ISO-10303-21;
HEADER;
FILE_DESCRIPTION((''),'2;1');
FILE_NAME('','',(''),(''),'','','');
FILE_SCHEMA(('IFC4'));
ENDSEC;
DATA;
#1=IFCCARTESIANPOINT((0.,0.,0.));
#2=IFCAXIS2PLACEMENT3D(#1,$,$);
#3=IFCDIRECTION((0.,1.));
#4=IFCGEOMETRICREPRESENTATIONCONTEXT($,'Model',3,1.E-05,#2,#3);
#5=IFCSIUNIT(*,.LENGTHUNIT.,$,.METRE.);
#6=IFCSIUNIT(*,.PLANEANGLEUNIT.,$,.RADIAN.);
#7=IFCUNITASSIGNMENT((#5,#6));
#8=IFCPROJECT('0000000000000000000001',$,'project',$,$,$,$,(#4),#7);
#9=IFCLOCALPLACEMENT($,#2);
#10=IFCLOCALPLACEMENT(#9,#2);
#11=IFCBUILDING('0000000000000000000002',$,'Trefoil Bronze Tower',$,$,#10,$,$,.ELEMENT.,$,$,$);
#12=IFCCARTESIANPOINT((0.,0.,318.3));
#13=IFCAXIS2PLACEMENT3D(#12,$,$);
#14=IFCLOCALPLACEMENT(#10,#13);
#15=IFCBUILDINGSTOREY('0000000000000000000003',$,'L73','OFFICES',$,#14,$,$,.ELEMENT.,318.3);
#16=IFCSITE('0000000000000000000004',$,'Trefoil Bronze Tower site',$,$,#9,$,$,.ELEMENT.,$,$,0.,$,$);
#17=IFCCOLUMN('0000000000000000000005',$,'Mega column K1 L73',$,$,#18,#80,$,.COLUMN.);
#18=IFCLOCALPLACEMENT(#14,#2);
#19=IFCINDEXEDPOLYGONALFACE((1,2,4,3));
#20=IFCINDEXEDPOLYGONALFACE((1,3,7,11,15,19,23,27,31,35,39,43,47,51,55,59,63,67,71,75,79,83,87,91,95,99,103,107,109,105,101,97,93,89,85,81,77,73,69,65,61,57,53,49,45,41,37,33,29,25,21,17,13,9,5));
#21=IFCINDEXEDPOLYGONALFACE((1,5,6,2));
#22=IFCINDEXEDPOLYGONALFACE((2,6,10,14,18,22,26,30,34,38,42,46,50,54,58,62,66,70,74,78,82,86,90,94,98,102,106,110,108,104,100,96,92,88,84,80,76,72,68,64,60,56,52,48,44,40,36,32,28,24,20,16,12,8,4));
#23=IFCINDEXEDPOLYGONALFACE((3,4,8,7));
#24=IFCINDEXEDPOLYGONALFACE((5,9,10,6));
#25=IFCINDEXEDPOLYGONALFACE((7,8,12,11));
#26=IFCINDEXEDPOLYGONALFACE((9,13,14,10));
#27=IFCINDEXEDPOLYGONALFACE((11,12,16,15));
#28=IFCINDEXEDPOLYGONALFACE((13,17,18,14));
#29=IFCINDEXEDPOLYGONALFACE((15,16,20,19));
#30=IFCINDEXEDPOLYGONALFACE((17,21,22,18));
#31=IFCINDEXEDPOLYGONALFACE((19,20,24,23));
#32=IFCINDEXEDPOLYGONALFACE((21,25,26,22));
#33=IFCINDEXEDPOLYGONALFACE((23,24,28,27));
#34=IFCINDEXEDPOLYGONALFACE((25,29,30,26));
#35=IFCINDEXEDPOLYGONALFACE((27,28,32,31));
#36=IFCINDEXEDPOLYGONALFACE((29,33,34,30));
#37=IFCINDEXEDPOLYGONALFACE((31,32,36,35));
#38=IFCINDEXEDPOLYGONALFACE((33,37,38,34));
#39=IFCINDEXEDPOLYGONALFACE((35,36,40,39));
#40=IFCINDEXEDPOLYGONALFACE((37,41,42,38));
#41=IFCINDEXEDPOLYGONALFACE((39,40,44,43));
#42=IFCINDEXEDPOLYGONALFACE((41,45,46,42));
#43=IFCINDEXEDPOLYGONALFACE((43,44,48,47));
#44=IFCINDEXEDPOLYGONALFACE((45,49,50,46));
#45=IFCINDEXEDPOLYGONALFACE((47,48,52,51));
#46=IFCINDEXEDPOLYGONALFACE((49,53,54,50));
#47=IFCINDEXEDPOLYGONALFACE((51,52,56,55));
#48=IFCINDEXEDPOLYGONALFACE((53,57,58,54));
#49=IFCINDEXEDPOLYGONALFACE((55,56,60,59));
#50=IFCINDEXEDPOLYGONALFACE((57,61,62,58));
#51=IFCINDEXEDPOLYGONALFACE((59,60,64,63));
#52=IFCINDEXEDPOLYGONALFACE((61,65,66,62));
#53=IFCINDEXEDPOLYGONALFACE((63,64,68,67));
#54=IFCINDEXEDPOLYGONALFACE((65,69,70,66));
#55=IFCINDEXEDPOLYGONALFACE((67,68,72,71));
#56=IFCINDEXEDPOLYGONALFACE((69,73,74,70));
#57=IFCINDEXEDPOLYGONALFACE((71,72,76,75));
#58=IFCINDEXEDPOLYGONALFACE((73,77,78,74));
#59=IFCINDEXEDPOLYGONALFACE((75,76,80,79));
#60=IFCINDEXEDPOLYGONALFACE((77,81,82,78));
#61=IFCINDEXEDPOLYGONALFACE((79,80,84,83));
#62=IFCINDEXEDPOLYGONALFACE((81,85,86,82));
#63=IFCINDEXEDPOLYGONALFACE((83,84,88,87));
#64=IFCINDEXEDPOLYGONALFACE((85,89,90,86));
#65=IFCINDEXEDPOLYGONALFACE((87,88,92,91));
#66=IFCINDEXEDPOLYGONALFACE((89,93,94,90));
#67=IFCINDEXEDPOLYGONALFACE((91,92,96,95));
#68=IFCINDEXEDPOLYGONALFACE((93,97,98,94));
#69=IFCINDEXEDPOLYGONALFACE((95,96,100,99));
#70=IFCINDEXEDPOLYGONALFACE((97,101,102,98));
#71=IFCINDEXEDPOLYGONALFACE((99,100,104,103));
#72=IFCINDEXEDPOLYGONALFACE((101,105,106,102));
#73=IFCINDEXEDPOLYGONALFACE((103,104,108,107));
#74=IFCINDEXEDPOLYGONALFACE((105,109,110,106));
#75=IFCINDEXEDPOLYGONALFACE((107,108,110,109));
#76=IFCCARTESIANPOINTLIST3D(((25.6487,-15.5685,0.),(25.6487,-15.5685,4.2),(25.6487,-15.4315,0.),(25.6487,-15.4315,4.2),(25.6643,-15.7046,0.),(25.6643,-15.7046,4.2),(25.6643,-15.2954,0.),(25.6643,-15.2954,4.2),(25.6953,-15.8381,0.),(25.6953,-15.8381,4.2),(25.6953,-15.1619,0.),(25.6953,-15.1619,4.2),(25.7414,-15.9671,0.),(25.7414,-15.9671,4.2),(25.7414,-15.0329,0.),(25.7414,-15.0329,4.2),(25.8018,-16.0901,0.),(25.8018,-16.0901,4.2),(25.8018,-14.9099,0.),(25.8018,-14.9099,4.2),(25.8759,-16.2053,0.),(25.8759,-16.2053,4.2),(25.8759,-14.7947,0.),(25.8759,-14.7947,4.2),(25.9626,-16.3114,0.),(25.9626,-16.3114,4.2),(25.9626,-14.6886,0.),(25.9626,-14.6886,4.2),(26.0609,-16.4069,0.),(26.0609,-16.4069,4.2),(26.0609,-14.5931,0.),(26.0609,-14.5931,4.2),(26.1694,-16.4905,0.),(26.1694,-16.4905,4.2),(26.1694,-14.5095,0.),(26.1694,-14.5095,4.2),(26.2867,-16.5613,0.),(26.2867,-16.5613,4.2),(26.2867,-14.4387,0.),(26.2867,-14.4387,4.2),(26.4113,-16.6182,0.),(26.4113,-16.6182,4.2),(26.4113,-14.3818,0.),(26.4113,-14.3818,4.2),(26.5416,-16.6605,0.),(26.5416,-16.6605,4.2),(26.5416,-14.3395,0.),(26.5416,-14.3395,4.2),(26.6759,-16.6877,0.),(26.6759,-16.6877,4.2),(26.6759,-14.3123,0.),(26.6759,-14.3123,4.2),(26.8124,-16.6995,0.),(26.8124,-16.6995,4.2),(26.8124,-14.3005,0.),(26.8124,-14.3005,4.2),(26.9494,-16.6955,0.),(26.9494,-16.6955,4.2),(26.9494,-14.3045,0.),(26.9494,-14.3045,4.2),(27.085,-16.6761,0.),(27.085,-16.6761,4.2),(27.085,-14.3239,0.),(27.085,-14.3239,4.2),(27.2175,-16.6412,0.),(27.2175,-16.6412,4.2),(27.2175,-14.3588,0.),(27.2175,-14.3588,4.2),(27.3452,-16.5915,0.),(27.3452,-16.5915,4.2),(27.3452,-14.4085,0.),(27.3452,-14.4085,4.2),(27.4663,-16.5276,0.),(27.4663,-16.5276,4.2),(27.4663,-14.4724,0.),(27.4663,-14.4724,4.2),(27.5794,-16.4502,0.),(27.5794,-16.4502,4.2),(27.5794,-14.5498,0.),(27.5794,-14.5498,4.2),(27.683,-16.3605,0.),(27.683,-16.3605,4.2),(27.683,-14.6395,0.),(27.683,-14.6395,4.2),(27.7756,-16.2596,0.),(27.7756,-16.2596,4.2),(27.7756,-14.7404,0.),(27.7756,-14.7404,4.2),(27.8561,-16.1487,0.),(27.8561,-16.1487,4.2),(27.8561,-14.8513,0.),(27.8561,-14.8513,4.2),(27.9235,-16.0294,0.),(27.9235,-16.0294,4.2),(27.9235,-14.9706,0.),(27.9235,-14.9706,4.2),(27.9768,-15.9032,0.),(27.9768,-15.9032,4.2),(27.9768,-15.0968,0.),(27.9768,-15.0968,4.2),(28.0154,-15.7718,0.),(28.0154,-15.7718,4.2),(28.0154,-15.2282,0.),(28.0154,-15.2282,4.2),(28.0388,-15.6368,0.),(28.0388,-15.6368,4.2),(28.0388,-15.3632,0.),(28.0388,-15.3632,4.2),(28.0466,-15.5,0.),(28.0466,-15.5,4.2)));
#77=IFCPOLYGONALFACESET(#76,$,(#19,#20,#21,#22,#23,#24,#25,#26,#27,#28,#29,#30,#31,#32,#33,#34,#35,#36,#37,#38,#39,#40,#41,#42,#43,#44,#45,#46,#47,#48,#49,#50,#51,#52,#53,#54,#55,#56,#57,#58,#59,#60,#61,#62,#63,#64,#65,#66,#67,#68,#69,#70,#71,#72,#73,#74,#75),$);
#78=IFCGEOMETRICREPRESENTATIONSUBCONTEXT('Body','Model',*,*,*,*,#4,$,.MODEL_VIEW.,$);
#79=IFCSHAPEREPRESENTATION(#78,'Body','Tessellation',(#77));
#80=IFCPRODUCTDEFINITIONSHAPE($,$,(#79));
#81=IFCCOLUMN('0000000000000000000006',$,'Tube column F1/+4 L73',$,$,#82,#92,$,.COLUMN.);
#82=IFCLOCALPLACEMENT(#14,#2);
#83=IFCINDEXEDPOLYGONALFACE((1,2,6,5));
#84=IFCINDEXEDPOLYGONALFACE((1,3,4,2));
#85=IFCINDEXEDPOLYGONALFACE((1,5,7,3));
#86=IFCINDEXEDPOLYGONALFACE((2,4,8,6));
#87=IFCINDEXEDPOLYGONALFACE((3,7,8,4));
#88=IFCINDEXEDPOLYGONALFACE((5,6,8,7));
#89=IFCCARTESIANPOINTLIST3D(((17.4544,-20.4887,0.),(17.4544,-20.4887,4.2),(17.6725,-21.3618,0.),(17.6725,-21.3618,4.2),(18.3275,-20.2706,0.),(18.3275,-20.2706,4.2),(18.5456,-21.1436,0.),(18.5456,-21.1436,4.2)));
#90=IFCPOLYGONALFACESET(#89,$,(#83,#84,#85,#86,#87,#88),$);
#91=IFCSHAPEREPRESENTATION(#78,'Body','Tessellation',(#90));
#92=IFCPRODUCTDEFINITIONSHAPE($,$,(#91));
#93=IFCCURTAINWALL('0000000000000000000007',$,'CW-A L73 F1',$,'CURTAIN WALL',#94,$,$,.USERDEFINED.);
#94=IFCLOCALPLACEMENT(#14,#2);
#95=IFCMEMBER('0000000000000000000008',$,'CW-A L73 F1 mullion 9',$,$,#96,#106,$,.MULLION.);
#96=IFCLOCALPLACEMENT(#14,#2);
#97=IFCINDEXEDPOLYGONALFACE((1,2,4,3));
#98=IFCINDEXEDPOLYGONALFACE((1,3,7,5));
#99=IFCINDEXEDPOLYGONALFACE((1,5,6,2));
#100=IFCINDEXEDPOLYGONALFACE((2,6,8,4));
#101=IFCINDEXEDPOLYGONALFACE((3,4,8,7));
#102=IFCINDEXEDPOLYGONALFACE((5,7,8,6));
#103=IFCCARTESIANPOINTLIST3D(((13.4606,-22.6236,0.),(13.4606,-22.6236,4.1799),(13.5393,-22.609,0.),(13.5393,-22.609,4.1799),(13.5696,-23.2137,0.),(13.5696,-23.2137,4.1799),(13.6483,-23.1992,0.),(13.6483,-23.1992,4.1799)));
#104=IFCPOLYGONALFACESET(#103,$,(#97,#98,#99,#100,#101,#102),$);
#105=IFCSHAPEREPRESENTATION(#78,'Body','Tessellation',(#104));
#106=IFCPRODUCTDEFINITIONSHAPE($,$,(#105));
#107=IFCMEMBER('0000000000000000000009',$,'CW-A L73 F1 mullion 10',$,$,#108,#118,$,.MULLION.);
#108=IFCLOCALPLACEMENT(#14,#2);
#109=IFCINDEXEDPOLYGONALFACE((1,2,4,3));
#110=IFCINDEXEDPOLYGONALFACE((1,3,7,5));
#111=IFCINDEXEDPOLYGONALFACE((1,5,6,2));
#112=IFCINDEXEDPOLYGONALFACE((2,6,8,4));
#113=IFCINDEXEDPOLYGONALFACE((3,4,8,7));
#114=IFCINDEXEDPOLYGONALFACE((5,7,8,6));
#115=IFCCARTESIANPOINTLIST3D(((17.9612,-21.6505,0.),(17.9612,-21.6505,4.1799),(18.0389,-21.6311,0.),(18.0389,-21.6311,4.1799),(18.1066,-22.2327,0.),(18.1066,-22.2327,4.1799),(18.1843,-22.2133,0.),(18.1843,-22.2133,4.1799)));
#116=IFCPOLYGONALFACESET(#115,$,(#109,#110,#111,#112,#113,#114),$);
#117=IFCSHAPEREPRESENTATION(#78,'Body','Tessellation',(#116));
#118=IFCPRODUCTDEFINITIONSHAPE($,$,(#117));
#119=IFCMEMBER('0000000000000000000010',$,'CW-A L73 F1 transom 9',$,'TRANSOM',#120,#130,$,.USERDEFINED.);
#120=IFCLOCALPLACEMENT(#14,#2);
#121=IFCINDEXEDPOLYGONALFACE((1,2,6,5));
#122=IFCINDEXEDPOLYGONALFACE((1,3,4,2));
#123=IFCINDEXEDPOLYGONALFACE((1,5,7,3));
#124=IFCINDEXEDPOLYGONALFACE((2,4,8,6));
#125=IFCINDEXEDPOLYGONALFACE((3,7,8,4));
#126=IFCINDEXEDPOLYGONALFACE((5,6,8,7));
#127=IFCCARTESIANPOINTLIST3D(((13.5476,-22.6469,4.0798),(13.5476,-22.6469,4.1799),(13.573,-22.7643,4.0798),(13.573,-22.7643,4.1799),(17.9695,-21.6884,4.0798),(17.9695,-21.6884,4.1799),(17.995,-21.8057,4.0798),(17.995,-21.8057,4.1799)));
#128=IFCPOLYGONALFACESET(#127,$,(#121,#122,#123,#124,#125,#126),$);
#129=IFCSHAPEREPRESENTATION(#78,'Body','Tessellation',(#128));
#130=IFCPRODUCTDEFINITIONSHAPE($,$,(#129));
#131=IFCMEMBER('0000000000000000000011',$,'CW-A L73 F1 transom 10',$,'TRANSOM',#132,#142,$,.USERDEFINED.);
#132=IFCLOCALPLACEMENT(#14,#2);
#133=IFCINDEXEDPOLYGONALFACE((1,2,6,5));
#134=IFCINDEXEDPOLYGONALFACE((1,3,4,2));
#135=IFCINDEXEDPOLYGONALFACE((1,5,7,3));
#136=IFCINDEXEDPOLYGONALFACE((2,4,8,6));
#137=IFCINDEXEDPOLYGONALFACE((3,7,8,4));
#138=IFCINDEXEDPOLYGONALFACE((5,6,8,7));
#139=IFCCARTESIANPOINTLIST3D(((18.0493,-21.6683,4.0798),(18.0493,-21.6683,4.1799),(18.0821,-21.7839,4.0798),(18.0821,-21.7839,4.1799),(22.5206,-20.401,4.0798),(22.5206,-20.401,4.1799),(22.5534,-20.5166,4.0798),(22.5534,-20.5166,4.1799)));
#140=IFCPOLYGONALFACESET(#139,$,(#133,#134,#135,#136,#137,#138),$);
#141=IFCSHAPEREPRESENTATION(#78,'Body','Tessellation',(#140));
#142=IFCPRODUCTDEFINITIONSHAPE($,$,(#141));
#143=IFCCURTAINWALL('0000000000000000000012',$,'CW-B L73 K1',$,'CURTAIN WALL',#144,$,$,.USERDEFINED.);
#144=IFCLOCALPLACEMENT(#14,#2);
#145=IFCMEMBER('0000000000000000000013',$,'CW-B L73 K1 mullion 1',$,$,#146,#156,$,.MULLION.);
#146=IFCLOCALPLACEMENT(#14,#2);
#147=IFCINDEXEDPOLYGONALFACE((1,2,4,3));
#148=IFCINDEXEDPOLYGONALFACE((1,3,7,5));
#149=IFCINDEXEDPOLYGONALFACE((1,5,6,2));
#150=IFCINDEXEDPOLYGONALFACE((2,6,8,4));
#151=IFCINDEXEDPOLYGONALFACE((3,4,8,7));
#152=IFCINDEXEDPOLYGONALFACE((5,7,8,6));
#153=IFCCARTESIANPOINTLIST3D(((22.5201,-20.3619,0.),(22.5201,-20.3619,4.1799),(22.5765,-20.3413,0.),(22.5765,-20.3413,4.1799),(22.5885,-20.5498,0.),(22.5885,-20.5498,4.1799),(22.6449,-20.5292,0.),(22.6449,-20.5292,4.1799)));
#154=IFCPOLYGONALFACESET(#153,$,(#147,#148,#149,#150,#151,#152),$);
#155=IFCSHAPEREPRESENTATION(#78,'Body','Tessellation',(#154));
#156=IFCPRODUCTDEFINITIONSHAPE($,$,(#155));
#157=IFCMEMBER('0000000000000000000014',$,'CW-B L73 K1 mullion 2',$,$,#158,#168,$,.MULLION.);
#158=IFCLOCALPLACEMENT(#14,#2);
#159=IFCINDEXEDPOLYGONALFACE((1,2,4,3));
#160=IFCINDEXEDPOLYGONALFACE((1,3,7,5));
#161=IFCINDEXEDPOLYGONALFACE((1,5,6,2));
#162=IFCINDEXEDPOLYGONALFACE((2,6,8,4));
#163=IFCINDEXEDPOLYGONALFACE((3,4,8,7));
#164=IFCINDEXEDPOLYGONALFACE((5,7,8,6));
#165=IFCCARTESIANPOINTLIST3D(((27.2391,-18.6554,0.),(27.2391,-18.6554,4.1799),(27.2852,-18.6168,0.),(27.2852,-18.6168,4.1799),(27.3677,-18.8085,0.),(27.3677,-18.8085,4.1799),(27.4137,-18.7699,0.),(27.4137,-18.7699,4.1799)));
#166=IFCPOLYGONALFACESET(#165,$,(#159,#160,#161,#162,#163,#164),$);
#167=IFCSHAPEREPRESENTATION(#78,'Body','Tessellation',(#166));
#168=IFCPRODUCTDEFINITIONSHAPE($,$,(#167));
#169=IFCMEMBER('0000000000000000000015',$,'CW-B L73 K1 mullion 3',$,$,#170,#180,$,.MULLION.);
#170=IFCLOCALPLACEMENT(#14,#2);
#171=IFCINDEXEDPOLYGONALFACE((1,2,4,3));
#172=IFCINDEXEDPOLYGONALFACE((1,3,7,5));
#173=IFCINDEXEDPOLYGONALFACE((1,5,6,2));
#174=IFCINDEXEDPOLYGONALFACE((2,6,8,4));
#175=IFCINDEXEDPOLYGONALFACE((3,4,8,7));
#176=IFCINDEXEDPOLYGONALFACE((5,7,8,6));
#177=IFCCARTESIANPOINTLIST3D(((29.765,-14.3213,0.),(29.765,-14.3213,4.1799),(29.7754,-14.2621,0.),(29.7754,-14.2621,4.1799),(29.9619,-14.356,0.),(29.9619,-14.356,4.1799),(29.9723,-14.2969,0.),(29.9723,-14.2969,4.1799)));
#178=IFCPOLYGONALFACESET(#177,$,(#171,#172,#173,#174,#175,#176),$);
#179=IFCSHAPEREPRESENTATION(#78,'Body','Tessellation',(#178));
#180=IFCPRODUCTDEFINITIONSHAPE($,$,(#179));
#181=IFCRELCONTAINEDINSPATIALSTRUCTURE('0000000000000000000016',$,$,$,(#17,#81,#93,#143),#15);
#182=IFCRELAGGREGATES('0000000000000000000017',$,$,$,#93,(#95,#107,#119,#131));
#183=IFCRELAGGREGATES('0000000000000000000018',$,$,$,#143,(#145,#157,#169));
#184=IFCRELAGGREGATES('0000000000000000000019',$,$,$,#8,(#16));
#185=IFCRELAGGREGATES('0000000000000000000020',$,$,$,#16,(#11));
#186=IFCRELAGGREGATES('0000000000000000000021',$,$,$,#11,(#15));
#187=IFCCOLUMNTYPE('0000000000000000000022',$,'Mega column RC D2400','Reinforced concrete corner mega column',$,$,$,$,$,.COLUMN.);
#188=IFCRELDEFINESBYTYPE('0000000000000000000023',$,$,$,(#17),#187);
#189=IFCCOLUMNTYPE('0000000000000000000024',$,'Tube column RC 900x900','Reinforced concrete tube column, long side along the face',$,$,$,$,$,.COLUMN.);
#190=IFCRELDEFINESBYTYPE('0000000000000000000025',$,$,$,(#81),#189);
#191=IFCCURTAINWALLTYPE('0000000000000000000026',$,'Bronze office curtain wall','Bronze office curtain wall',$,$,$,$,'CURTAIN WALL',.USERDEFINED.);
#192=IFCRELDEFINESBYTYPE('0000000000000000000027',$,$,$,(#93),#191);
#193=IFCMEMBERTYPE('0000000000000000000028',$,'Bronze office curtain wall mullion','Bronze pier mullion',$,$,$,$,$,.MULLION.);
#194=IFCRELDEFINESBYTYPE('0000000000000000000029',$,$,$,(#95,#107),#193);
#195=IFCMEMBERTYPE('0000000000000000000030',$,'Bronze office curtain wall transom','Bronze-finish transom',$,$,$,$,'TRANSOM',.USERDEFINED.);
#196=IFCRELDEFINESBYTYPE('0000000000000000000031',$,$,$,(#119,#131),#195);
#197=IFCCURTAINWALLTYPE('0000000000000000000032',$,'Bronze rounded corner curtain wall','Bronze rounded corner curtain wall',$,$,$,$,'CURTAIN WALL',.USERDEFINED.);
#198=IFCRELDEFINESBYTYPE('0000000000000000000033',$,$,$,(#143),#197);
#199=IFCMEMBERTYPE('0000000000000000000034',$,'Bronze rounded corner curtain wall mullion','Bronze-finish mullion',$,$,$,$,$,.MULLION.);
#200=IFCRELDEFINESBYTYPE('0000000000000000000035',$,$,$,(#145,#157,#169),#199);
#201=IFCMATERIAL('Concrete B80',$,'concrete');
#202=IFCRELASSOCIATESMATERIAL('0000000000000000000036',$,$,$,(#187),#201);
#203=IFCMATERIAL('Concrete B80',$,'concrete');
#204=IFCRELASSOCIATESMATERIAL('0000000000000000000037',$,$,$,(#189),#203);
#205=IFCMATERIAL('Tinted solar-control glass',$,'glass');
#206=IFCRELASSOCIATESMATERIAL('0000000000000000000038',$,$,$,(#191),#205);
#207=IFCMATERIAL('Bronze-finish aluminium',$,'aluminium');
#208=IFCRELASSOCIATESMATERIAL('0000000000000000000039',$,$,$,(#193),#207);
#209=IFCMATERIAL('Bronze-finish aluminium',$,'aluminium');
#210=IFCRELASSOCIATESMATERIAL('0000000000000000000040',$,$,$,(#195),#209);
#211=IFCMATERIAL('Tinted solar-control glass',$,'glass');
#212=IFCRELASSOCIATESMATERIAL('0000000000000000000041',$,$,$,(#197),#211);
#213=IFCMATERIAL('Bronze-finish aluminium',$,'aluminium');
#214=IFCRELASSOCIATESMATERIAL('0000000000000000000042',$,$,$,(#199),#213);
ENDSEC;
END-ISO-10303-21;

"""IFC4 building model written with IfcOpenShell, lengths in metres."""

from ifc_helpers import new_model, si_unit, direction, frame, origin, origin_2d, place, context, subcontext, project, spatial, rectangle, circle, extrude, material, material_profile, profile_set, type_object, element, aggregate, save


model = new_model("IFC4")

# Units and contexts
model_context = context("Model", 3, precision=1e-05, world=origin(), true_north=direction((0.0, 1.0)))
body_context = subcontext(model_context, "Body", "Model", "MODEL_VIEW")
ifc_project = project(units=[si_unit("LENGTHUNIT", "METRE"), si_unit("PLANEANGLEUNIT", "RADIAN")], contexts=[model_context])

# Site, building, storey
site_placement = place(None, origin())
site = spatial("IfcSite", under=ifc_project, at=site_placement, Name="Trefoil Bronze Tower site", CompositionType="ELEMENT", RefElevation=0.0)
building_placement = place(site_placement, origin())
building = spatial("IfcBuilding", under=site, at=building_placement, Name="Trefoil Bronze Tower", CompositionType="ELEMENT")
storey_placement = place(building_placement, frame((0.0, 0.0, 318.3)))
storey = spatial("IfcBuildingStorey", under=building, at=storey_placement, Name="L73", Description="OFFICES", CompositionType="ELEMENT", Elevation=318.3)

# Columns
ifc_material_1 = material(Name="Concrete B80", Category="concrete")
ifc_material_profile_1 = material_profile(ifc_material_1, circle(Radius=1.2, at=origin_2d()), Name="RC D2400")
ifc_profile_set_1 = profile_set([ifc_material_profile_1], Name="Concrete B80")
column_type_1 = type_object("IfcColumnType", Name="Mega column RC D2400", Description="Reinforced concrete corner mega column", PredefinedType="COLUMN", material=ifc_profile_set_1)
column_1_placement = place(storey_placement, frame((26.8467, -15.5, 0.0), z_axis=(0.0, 0.0, 1.0), x_axis=(1.0, 0.0, 0.0)))
element("IfcColumn", 1, at=column_1_placement, inside=storey, type_object=column_type_1, Name="Mega column K1 L73", PredefinedType="COLUMN", context=body_context, shape_type="SweptSolid", body=[
    extrude(circle(Radius=1.2, at=origin_2d()), origin(), (0.0, 0.0, 1.0), 4.2),
])
ifc_material_2 = material(Name="Concrete B80", Category="concrete")
ifc_material_profile_2 = material_profile(ifc_material_2, rectangle(XDim=0.8999, YDim=0.8999, at=origin_2d()), Name="RC 900x900")
ifc_profile_set_2 = profile_set([ifc_material_profile_2], Name="Concrete B80")
column_type_2 = type_object("IfcColumnType", Name="Tube column RC 900x900", Description="Reinforced concrete tube column, long side along the face", PredefinedType="COLUMN", material=ifc_profile_set_2)
column_2_placement = place(storey_placement, frame((18.0, -20.8162, 0.0), z_axis=(0.0, 0.0, 1.0), x_axis=(0.970178, 0.242394, 0.0)))
element("IfcColumn", 2, at=column_2_placement, inside=storey, type_object=column_type_2, Name="Tube column F1/+4 L73", PredefinedType="COLUMN", context=body_context, shape_type="SweptSolid", body=[
    extrude(rectangle(XDim=0.8999, YDim=0.8999, at=origin_2d()), origin(), (0.0, 0.0, 1.0), 4.2),
])

# Curtain walls, members
ifc_material_3 = material(Name="Tinted solar-control glass", Category="glass")
curtain_wall_type_1 = type_object("IfcCurtainWallType", Name="Bronze office curtain wall", Description="Bronze office curtain wall", ElementType="CURTAIN WALL", PredefinedType="USERDEFINED", material=ifc_material_3)
curtain_wall_1_placement = place(storey_placement, origin())
curtain_wall_1 = element("IfcCurtainWall", 3, at=curtain_wall_1_placement, inside=storey, type_object=curtain_wall_type_1, Name="CW-A L73 F1", ObjectType="CURTAIN WALL", PredefinedType="USERDEFINED")
ifc_material_4 = material(Name="Bronze-finish aluminium", Category="aluminium")
ifc_material_profile_3 = material_profile(ifc_material_4, rectangle(XDim=0.6001, YDim=0.0801, at=origin_2d()), Name="CW-A mullion")
ifc_profile_set_3 = profile_set([ifc_material_profile_3], Name="Bronze-finish aluminium")
member_type_1 = type_object("IfcMemberType", Name="Bronze office curtain wall mullion", Description="Bronze pier mullion", PredefinedType="MULLION", material=ifc_profile_set_3)
member_1_placement = place(storey_placement, frame((13.5544, -22.9114, 0.0), z_axis=(0.0, 0.0, 1.0), x_axis=(-0.181667, 0.98336, 0.0)))
member_1 = element("IfcMember", 4, at=member_1_placement, type_object=member_type_1, Name="CW-A L73 F1 mullion 9", PredefinedType="MULLION", context=body_context, shape_type="SweptSolid", body=[
    extrude(rectangle(XDim=0.6001, YDim=0.0801, at=origin_2d()), origin(), (0.0, 0.0, 1.0), 4.1799),
])
member_2_placement = place(storey_placement, frame((18.0728, -21.9319, 0.0), z_axis=(0.0, 0.0, 1.0), x_axis=(-0.242394, 0.970178, 0.0)))
member_2 = element("IfcMember", 5, at=member_2_placement, type_object=member_type_1, Name="CW-A L73 F1 mullion 10", PredefinedType="MULLION", context=body_context, shape_type="SweptSolid", body=[
    extrude(rectangle(XDim=0.6001, YDim=0.0801, at=origin_2d()), origin(), (0.0, 0.0, 1.0), 4.1799),
])
ifc_material_5 = material(Name="Bronze-finish aluminium", Category="aluminium")
ifc_material_profile_4 = material_profile(ifc_material_5, rectangle(XDim=0.1201, YDim=0.1001, at=origin_2d()), Name="CW-A transom")
ifc_profile_set_4 = profile_set([ifc_material_profile_4], Name="Bronze-finish aluminium")
member_type_2 = type_object("IfcMemberType", Name="Bronze office curtain wall transom", Description="Bronze-finish transom", ElementType="TRANSOM", PredefinedType="USERDEFINED", material=ifc_profile_set_4)
member_3_placement = place(storey_placement, frame((13.5603, -22.7056, 4.1299), z_axis=(0.977304, 0.211843, 0.0), x_axis=(-0.211843, 0.977304, 0.0)))
member_3 = element("IfcMember", 6, at=member_3_placement, type_object=member_type_2, Name="CW-A L73 F1 transom 9", ObjectType="TRANSOM", PredefinedType="USERDEFINED", context=body_context, shape_type="SweptSolid", body=[
    extrude(rectangle(XDim=0.1201, YDim=0.1001, at=origin_2d()), origin(), (0.0, 0.0, 1.0), 4.5247),
])
member_4_placement = place(storey_placement, frame((18.0657, -21.7261, 4.1299), z_axis=(0.962103, 0.272688, 0.0), x_axis=(-0.272688, 0.962103, 0.0)))
member_4 = element("IfcMember", 7, at=member_4_placement, type_object=member_type_2, Name="CW-A L73 F1 transom 10", ObjectType="TRANSOM", PredefinedType="USERDEFINED", context=body_context, shape_type="SweptSolid", body=[
    extrude(rectangle(XDim=0.1201, YDim=0.1001, at=origin_2d()), origin(), (0.0, 0.0, 1.0), 4.6475),
])
ifc_material_6 = material(Name="Tinted solar-control glass", Category="glass")
curtain_wall_type_2 = type_object("IfcCurtainWallType", Name="Bronze rounded corner curtain wall", Description="Bronze rounded corner curtain wall", ElementType="CURTAIN WALL", PredefinedType="USERDEFINED", material=ifc_material_6)
curtain_wall_2_placement = place(storey_placement, origin())
curtain_wall_2 = element("IfcCurtainWall", 8, at=curtain_wall_2_placement, inside=storey, type_object=curtain_wall_type_2, Name="CW-B L73 K1", ObjectType="CURTAIN WALL", PredefinedType="USERDEFINED")
ifc_material_7 = material(Name="Bronze-finish aluminium", Category="aluminium")
ifc_material_profile_5 = material_profile(ifc_material_7, rectangle(XDim=0.2, YDim=0.0601, at=origin_2d()), Name="CW-B mullion")
ifc_profile_set_5 = profile_set([ifc_material_profile_5], Name="Bronze-finish aluminium")
member_type_3 = type_object("IfcMemberType", Name="Bronze rounded corner curtain wall mullion", Description="Bronze-finish mullion", PredefinedType="MULLION", material=ifc_profile_set_5)
member_5_placement = place(storey_placement, frame((22.5825, -20.4456, 0.0), z_axis=(0.0, 0.0, 1.0), x_axis=(-0.34202, 0.939693, 0.0)))
member_5 = element("IfcMember", 9, at=member_5_placement, type_object=member_type_3, Name="CW-B L73 K1 mullion 1", PredefinedType="MULLION", context=body_context, shape_type="SweptSolid", body=[
    extrude(rectangle(XDim=0.2, YDim=0.0601, at=origin_2d()), origin(), (0.0, 0.0, 1.0), 4.1799),
])
member_6_placement = place(storey_placement, frame((27.3264, -18.7126, 0.0), z_axis=(0.0, 0.0, 1.0), x_axis=(-0.642788, 0.766044, 0.0)))
member_6 = element("IfcMember", 10, at=member_6_placement, type_object=member_type_3, Name="CW-B L73 K1 mullion 2", PredefinedType="MULLION", context=body_context, shape_type="SweptSolid", body=[
    extrude(rectangle(XDim=0.2, YDim=0.0601, at=origin_2d()), origin(), (0.0, 0.0, 1.0), 4.1799),
])
member_7_placement = place(storey_placement, frame((29.8687, -14.3091, 0.0), z_axis=(0.0, 0.0, 1.0), x_axis=(-0.984808, 0.173648, 0.0)))
member_7 = element("IfcMember", 11, at=member_7_placement, type_object=member_type_3, Name="CW-B L73 K1 mullion 3", PredefinedType="MULLION", context=body_context, shape_type="SweptSolid", body=[
    extrude(rectangle(XDim=0.2, YDim=0.0601, at=origin_2d()), origin(), (0.0, 0.0, 1.0), 4.1799),
])

aggregate(curtain_wall_1, [member_1, member_2, member_3, member_4])
aggregate(curtain_wall_2, [member_5, member_6, member_7])

save(model, "model.ifc")
